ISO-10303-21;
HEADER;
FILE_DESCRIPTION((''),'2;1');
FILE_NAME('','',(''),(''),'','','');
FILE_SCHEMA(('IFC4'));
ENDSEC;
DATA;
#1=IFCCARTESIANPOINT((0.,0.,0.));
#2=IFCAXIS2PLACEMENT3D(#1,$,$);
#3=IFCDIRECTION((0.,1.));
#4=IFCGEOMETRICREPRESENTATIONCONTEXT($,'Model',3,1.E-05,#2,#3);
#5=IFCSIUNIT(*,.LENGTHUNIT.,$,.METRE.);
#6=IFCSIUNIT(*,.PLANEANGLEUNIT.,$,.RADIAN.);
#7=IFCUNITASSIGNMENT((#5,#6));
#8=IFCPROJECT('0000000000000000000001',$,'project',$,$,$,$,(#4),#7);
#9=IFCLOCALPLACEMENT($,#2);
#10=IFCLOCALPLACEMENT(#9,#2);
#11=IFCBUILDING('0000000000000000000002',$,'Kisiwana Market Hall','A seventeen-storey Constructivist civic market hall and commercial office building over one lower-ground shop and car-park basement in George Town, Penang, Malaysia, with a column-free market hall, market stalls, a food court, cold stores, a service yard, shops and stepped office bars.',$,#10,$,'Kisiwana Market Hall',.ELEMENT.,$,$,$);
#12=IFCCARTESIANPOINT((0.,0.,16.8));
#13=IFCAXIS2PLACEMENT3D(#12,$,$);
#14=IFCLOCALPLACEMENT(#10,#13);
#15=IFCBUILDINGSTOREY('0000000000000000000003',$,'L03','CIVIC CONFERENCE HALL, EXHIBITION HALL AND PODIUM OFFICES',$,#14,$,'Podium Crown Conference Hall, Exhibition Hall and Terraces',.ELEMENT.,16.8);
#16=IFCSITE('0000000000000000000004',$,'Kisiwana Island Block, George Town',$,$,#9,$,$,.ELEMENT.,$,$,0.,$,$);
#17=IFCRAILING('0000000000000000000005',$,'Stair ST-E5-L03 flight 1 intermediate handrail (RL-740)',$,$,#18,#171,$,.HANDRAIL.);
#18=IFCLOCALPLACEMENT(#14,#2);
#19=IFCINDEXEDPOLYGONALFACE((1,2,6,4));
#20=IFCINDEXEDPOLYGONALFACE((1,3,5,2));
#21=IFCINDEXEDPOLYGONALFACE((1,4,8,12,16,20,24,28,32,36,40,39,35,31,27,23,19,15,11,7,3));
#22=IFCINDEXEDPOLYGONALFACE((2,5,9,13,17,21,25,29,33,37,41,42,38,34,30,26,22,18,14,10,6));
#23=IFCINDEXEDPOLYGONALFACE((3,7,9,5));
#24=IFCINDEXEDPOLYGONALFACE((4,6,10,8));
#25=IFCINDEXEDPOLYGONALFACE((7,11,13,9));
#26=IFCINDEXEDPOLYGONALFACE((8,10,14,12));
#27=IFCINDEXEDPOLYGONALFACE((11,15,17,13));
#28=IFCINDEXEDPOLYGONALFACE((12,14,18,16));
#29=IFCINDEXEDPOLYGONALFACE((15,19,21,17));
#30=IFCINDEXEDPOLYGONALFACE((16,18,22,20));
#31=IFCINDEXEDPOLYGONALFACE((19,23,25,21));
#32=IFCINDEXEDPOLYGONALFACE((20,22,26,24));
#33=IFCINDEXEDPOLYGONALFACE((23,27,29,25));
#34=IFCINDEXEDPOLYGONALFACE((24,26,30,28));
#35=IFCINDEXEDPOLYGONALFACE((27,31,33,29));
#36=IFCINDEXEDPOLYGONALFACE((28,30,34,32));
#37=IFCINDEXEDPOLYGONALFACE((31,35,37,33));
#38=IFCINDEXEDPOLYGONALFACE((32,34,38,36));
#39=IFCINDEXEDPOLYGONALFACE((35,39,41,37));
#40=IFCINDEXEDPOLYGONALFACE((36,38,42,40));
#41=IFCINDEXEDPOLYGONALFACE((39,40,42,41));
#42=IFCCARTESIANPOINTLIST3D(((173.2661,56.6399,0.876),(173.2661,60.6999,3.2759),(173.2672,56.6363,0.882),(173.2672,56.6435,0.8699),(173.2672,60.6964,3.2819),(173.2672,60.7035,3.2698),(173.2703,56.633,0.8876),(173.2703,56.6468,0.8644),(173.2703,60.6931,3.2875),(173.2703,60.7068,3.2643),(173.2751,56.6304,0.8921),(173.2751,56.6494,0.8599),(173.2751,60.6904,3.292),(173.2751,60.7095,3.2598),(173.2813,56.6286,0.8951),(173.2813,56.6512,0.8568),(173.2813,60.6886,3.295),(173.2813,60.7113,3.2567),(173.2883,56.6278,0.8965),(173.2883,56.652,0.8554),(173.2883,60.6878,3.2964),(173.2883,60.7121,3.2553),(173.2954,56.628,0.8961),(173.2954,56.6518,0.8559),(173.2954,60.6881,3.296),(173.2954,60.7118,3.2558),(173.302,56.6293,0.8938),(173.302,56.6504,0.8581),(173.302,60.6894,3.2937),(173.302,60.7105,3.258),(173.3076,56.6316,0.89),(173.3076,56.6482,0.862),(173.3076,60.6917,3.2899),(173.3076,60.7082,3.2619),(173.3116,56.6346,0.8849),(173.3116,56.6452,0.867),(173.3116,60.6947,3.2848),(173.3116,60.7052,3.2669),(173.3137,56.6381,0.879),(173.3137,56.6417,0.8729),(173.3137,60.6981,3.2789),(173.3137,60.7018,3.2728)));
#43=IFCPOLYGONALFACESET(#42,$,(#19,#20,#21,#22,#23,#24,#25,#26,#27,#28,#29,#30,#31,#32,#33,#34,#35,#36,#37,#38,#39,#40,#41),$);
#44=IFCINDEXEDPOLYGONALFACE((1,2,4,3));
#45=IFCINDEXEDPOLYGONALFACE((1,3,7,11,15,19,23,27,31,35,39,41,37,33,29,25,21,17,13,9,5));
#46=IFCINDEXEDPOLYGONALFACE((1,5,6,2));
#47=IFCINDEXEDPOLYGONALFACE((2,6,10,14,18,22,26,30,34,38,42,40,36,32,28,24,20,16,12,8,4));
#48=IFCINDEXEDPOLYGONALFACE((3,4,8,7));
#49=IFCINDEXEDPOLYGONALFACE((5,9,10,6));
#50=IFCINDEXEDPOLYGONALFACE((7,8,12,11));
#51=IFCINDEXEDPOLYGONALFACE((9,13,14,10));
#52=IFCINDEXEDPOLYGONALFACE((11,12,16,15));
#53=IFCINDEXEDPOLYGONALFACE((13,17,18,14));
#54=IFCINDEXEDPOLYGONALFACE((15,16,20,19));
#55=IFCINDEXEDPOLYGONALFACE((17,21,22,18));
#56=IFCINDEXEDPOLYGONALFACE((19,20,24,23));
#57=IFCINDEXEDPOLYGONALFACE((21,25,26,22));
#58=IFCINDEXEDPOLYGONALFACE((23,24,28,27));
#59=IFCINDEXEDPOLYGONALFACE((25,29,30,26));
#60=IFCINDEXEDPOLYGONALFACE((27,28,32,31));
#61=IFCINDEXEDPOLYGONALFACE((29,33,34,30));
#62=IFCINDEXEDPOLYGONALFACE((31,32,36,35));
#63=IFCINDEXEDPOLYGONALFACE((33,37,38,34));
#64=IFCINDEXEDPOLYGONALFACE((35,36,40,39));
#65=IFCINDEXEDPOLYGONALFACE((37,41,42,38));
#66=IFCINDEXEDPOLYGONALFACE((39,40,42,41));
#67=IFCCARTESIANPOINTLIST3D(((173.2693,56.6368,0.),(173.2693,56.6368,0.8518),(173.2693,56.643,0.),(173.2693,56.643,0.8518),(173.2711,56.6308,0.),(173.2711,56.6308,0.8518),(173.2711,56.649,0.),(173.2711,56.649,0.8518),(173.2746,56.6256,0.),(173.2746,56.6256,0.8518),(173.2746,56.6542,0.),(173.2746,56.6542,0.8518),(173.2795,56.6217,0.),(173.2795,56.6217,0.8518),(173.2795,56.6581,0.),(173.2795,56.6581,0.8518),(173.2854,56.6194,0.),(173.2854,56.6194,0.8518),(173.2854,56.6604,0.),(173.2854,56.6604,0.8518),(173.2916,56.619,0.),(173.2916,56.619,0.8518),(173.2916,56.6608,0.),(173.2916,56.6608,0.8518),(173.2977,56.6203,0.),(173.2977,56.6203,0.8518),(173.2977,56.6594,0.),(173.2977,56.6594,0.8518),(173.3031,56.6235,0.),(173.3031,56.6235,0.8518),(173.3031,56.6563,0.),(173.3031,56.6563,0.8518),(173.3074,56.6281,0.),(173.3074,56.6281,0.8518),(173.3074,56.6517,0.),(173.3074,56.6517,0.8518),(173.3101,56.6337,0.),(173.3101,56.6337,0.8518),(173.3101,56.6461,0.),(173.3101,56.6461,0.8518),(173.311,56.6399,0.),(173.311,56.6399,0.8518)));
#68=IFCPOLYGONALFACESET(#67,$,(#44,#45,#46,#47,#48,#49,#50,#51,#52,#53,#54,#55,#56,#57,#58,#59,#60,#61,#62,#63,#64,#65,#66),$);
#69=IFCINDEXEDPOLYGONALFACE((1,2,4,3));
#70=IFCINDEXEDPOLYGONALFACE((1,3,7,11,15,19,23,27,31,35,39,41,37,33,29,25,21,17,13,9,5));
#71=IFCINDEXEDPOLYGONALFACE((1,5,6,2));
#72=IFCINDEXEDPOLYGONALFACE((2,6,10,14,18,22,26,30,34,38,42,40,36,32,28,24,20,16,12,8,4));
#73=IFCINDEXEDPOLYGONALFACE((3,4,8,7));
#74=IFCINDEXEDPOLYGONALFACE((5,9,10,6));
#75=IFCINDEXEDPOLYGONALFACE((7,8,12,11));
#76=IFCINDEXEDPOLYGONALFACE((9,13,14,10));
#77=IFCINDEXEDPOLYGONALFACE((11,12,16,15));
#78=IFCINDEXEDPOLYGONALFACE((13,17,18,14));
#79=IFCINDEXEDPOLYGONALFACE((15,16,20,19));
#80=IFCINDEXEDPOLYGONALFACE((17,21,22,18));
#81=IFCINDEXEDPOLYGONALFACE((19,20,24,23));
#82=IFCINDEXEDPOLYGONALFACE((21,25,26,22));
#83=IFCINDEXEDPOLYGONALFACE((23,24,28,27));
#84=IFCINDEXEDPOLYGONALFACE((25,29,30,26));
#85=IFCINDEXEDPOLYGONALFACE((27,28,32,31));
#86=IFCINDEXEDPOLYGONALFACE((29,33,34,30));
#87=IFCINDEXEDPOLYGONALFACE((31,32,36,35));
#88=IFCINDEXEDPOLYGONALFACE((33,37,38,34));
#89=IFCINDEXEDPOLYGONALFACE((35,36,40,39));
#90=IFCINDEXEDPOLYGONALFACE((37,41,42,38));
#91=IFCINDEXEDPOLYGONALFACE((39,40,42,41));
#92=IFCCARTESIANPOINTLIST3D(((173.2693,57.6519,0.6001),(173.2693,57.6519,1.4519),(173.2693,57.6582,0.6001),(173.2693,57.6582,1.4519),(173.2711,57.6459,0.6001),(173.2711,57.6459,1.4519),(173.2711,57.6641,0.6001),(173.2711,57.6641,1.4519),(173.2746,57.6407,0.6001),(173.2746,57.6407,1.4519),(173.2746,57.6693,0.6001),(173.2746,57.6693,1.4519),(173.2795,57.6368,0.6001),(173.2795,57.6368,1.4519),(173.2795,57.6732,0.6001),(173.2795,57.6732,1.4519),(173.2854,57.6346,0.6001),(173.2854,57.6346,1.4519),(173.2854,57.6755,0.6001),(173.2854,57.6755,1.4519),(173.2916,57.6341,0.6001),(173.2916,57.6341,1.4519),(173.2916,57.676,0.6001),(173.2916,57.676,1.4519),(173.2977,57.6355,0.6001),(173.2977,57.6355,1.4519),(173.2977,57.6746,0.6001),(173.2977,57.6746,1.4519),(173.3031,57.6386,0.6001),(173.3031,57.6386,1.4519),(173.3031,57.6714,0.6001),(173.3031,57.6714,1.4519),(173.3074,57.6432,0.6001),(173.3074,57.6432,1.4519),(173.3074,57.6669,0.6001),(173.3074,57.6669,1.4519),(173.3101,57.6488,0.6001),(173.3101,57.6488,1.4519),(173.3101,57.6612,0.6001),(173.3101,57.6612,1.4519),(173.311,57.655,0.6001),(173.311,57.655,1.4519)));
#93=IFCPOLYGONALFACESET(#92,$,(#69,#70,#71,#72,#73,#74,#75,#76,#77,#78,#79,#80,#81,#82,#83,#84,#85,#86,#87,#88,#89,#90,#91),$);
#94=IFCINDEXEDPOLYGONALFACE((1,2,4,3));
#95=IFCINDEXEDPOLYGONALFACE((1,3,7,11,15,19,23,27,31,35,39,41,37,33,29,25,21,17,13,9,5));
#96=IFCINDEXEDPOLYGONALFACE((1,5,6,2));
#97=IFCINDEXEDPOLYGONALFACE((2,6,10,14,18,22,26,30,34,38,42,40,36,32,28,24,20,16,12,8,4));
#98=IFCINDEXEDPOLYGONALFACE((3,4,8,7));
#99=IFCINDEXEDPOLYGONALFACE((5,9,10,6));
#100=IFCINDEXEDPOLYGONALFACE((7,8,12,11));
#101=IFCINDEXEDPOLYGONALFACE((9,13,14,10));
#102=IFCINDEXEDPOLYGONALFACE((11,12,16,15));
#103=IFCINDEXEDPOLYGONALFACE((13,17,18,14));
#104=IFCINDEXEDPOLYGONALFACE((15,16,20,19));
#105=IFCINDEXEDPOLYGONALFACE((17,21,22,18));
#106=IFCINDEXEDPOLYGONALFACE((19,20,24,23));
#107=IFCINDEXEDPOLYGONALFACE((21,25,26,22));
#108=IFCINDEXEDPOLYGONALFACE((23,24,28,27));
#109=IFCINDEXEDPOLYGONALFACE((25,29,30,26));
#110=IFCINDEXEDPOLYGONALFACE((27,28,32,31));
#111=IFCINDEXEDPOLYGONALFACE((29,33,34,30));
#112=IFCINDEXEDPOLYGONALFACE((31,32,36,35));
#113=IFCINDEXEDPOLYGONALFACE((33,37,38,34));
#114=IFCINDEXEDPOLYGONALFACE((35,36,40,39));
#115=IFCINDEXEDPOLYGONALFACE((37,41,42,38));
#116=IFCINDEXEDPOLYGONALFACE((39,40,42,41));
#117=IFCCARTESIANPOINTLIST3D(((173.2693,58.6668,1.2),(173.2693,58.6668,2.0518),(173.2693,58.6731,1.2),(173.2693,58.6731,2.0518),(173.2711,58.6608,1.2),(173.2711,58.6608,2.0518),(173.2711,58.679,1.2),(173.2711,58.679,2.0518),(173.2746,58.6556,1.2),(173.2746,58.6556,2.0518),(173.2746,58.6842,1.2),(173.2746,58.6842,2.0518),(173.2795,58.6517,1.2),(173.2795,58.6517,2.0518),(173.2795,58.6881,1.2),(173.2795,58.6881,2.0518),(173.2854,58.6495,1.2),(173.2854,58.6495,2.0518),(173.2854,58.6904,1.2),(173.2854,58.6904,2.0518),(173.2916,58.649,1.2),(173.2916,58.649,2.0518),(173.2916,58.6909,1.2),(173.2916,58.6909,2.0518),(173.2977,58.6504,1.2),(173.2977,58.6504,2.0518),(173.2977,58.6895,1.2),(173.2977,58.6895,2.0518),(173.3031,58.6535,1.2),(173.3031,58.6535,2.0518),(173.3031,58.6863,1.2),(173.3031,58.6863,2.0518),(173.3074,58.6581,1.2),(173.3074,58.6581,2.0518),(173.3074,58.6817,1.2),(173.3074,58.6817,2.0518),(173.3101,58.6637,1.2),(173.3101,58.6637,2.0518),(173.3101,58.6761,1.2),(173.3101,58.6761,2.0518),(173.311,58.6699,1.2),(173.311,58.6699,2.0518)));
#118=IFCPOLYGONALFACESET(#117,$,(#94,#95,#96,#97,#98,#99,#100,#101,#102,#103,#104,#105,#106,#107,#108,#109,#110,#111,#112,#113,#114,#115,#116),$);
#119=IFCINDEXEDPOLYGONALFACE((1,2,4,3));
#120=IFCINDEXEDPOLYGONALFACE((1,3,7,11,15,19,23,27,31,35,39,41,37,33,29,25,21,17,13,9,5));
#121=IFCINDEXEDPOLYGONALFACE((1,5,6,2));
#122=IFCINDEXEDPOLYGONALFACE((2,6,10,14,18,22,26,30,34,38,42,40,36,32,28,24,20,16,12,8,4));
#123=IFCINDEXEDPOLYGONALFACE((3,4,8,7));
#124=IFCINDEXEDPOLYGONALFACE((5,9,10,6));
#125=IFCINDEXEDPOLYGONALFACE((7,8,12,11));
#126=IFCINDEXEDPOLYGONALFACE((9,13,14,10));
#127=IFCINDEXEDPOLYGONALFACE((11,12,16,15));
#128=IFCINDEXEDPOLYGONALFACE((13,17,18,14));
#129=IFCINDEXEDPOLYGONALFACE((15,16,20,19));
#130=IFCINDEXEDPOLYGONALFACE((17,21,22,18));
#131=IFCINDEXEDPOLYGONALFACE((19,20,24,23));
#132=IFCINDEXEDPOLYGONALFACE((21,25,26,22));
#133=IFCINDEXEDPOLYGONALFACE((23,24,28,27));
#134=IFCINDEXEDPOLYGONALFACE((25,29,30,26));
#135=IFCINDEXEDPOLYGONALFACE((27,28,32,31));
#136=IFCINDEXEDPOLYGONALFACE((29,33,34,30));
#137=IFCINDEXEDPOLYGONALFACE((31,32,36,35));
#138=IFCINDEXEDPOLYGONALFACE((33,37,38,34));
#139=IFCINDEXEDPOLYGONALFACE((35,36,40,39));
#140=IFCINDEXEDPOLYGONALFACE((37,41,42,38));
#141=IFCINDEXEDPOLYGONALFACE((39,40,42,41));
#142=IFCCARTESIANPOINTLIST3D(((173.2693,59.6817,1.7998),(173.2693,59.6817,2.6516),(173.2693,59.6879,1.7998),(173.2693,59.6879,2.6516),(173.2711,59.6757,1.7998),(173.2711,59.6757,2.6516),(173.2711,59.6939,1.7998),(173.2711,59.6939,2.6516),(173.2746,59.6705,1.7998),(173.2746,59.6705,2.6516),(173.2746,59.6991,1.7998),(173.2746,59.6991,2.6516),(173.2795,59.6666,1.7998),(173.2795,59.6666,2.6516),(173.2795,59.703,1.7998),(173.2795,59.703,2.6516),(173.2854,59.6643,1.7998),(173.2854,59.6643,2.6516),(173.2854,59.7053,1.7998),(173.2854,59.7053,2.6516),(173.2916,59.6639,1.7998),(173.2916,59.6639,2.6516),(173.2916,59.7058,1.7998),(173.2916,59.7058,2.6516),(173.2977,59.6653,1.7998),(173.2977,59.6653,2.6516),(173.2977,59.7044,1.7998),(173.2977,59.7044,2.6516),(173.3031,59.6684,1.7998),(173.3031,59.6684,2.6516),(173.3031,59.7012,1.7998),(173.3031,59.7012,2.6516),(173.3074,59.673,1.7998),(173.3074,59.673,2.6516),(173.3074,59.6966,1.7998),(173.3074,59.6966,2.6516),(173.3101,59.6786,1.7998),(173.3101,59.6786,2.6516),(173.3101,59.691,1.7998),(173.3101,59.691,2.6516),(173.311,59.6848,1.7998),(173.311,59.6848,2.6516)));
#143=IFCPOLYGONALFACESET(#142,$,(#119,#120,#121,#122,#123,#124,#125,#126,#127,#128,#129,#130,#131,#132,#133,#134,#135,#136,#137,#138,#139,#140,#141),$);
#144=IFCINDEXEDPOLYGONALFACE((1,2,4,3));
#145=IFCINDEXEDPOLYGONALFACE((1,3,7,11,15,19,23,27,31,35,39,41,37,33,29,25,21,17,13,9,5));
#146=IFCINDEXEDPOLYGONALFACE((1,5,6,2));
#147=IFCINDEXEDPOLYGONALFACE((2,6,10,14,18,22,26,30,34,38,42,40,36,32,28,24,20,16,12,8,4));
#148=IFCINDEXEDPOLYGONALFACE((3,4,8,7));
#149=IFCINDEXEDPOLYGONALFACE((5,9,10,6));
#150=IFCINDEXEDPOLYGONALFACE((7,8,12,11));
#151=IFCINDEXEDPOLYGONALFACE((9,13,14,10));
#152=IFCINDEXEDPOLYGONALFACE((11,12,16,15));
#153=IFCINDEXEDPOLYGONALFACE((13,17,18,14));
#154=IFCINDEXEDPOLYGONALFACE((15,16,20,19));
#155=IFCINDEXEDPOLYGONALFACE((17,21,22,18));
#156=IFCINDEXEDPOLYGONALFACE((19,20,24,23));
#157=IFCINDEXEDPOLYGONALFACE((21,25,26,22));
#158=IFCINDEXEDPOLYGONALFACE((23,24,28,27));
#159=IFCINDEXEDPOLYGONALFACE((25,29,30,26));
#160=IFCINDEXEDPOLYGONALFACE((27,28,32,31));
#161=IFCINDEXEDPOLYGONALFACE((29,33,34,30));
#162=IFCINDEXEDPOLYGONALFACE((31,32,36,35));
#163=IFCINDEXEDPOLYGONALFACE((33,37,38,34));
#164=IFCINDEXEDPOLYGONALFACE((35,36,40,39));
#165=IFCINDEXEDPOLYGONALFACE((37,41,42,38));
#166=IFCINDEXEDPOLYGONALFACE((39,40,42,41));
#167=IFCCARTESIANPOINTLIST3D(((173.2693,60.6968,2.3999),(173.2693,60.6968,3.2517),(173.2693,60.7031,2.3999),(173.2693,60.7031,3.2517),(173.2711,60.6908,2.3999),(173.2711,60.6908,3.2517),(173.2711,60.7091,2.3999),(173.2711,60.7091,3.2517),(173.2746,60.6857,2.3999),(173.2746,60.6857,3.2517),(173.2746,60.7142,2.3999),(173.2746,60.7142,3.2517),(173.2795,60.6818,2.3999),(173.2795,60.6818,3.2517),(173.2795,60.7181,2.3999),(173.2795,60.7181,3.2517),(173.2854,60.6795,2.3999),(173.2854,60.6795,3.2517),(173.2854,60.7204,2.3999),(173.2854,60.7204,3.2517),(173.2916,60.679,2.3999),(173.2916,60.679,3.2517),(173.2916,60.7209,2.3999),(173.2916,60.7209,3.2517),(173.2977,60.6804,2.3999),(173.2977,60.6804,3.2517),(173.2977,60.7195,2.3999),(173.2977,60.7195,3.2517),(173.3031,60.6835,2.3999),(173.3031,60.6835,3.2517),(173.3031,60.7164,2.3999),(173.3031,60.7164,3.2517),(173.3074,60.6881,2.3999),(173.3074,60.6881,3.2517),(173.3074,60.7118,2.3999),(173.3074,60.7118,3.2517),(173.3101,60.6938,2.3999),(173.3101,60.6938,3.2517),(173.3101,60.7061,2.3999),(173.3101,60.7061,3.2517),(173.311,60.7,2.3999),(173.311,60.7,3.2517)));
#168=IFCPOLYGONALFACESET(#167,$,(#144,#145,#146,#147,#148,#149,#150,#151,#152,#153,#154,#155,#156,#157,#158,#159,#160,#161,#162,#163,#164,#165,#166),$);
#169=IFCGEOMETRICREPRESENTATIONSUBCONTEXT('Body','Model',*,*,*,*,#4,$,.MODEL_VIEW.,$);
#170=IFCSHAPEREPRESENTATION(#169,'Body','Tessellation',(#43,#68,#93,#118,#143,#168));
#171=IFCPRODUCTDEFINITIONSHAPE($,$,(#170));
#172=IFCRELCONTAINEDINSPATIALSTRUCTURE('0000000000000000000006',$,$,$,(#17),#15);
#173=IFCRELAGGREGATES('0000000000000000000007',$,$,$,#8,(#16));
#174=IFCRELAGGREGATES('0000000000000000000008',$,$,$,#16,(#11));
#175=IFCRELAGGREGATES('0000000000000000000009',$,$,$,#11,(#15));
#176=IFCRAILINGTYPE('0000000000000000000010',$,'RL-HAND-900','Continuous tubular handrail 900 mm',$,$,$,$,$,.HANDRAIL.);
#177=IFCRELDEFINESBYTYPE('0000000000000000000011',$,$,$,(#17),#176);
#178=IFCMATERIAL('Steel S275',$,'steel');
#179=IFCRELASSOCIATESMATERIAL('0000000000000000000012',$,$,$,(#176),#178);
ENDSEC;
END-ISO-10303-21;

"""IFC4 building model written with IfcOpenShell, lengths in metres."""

from ifc_helpers import new_model, si_unit, direction, frame, origin, origin_2d, place, context, subcontext, project, spatial, circle, extrude, material, type_object, element, save


model = new_model("IFC4")

# Units and contexts
model_context = context("Model", 3, precision=1e-05, world=origin(), true_north=direction((0.0, 1.0)))
body_context = subcontext(model_context, "Body", "Model", "MODEL_VIEW")
ifc_project = project(units=[si_unit("LENGTHUNIT", "METRE"), si_unit("PLANEANGLEUNIT", "RADIAN")], contexts=[model_context])

# Site, building, storey
site_placement = place(None, origin())
site = spatial("IfcSite", under=ifc_project, at=site_placement, Name="Kisiwana Island Block, George Town", CompositionType="ELEMENT", RefElevation=0.0)
building_placement = place(site_placement, origin())
building = spatial("IfcBuilding", under=site, at=building_placement, Name="Kisiwana Market Hall", Description="A seventeen-storey Constructivist civic market hall and commercial office building over one lower-ground shop and car-park basement in George Town, Penang, Malaysia, with a column-free market hall, market stalls, a food court, cold stores, a service yard, shops and stepped office bars.", LongName="Kisiwana Market Hall", CompositionType="ELEMENT")
storey_placement = place(building_placement, frame((0.0, 0.0, 16.8)))
storey = spatial("IfcBuildingStorey", under=building, at=storey_placement, Name="L03", Description="CIVIC CONFERENCE HALL, EXHIBITION HALL AND PODIUM OFFICES", LongName="Podium Crown Conference Hall, Exhibition Hall and Terraces", CompositionType="ELEMENT", Elevation=16.8)

# Railing
ifc_material_1 = material(Name="Steel S275", Category="steel")
railing_type_1 = type_object("IfcRailingType", Name="RL-HAND-900", Description="Continuous tubular handrail 900 mm", PredefinedType="HANDRAIL", material=ifc_material_1)
for number, where, name in (
    (1, (173.29, 56.6399, 0.0), "Stair ST-E5-L03 flight 1 intermediate handrail (RL-740)"),
):
    element("IfcRailing", number, at=place(storey_placement, frame(where)), inside=storey, type_object=railing_type_1, Name=name, PredefinedType="HANDRAIL", context=body_context, shape_type="SweptSolid", body=[
        extrude(circle(Radius=0.0239, at=origin_2d()), frame((0.0, 0.0, 0.876), z_axis=(0.0, 0.860854, 0.508851), x_axis=(-1.0, 0.0, 0.0)), (0.0, 0.0, 1.0), 4.7163),
        extrude(circle(Radius=0.021, at=origin_2d()), origin(), (0.0, 0.0, 1.0), 0.8518),
        extrude(circle(Radius=0.021, at=origin_2d()), frame((0.0, 1.0151, 0.6001)), (0.0, 0.0, 1.0), 0.8518),
        extrude(circle(Radius=0.021, at=origin_2d()), frame((0.0, 2.03, 1.2)), (0.0, 0.0, 1.0), 0.8518),
        extrude(circle(Radius=0.021, at=origin_2d()), frame((0.0, 3.0449, 1.7998)), (0.0, 0.0, 1.0), 0.8518),
        extrude(circle(Radius=0.021, at=origin_2d()), frame((0.0, 4.0601, 2.3999)), (0.0, 0.0, 1.0), 0.8518),
    ])

save(model, "model.ifc")
